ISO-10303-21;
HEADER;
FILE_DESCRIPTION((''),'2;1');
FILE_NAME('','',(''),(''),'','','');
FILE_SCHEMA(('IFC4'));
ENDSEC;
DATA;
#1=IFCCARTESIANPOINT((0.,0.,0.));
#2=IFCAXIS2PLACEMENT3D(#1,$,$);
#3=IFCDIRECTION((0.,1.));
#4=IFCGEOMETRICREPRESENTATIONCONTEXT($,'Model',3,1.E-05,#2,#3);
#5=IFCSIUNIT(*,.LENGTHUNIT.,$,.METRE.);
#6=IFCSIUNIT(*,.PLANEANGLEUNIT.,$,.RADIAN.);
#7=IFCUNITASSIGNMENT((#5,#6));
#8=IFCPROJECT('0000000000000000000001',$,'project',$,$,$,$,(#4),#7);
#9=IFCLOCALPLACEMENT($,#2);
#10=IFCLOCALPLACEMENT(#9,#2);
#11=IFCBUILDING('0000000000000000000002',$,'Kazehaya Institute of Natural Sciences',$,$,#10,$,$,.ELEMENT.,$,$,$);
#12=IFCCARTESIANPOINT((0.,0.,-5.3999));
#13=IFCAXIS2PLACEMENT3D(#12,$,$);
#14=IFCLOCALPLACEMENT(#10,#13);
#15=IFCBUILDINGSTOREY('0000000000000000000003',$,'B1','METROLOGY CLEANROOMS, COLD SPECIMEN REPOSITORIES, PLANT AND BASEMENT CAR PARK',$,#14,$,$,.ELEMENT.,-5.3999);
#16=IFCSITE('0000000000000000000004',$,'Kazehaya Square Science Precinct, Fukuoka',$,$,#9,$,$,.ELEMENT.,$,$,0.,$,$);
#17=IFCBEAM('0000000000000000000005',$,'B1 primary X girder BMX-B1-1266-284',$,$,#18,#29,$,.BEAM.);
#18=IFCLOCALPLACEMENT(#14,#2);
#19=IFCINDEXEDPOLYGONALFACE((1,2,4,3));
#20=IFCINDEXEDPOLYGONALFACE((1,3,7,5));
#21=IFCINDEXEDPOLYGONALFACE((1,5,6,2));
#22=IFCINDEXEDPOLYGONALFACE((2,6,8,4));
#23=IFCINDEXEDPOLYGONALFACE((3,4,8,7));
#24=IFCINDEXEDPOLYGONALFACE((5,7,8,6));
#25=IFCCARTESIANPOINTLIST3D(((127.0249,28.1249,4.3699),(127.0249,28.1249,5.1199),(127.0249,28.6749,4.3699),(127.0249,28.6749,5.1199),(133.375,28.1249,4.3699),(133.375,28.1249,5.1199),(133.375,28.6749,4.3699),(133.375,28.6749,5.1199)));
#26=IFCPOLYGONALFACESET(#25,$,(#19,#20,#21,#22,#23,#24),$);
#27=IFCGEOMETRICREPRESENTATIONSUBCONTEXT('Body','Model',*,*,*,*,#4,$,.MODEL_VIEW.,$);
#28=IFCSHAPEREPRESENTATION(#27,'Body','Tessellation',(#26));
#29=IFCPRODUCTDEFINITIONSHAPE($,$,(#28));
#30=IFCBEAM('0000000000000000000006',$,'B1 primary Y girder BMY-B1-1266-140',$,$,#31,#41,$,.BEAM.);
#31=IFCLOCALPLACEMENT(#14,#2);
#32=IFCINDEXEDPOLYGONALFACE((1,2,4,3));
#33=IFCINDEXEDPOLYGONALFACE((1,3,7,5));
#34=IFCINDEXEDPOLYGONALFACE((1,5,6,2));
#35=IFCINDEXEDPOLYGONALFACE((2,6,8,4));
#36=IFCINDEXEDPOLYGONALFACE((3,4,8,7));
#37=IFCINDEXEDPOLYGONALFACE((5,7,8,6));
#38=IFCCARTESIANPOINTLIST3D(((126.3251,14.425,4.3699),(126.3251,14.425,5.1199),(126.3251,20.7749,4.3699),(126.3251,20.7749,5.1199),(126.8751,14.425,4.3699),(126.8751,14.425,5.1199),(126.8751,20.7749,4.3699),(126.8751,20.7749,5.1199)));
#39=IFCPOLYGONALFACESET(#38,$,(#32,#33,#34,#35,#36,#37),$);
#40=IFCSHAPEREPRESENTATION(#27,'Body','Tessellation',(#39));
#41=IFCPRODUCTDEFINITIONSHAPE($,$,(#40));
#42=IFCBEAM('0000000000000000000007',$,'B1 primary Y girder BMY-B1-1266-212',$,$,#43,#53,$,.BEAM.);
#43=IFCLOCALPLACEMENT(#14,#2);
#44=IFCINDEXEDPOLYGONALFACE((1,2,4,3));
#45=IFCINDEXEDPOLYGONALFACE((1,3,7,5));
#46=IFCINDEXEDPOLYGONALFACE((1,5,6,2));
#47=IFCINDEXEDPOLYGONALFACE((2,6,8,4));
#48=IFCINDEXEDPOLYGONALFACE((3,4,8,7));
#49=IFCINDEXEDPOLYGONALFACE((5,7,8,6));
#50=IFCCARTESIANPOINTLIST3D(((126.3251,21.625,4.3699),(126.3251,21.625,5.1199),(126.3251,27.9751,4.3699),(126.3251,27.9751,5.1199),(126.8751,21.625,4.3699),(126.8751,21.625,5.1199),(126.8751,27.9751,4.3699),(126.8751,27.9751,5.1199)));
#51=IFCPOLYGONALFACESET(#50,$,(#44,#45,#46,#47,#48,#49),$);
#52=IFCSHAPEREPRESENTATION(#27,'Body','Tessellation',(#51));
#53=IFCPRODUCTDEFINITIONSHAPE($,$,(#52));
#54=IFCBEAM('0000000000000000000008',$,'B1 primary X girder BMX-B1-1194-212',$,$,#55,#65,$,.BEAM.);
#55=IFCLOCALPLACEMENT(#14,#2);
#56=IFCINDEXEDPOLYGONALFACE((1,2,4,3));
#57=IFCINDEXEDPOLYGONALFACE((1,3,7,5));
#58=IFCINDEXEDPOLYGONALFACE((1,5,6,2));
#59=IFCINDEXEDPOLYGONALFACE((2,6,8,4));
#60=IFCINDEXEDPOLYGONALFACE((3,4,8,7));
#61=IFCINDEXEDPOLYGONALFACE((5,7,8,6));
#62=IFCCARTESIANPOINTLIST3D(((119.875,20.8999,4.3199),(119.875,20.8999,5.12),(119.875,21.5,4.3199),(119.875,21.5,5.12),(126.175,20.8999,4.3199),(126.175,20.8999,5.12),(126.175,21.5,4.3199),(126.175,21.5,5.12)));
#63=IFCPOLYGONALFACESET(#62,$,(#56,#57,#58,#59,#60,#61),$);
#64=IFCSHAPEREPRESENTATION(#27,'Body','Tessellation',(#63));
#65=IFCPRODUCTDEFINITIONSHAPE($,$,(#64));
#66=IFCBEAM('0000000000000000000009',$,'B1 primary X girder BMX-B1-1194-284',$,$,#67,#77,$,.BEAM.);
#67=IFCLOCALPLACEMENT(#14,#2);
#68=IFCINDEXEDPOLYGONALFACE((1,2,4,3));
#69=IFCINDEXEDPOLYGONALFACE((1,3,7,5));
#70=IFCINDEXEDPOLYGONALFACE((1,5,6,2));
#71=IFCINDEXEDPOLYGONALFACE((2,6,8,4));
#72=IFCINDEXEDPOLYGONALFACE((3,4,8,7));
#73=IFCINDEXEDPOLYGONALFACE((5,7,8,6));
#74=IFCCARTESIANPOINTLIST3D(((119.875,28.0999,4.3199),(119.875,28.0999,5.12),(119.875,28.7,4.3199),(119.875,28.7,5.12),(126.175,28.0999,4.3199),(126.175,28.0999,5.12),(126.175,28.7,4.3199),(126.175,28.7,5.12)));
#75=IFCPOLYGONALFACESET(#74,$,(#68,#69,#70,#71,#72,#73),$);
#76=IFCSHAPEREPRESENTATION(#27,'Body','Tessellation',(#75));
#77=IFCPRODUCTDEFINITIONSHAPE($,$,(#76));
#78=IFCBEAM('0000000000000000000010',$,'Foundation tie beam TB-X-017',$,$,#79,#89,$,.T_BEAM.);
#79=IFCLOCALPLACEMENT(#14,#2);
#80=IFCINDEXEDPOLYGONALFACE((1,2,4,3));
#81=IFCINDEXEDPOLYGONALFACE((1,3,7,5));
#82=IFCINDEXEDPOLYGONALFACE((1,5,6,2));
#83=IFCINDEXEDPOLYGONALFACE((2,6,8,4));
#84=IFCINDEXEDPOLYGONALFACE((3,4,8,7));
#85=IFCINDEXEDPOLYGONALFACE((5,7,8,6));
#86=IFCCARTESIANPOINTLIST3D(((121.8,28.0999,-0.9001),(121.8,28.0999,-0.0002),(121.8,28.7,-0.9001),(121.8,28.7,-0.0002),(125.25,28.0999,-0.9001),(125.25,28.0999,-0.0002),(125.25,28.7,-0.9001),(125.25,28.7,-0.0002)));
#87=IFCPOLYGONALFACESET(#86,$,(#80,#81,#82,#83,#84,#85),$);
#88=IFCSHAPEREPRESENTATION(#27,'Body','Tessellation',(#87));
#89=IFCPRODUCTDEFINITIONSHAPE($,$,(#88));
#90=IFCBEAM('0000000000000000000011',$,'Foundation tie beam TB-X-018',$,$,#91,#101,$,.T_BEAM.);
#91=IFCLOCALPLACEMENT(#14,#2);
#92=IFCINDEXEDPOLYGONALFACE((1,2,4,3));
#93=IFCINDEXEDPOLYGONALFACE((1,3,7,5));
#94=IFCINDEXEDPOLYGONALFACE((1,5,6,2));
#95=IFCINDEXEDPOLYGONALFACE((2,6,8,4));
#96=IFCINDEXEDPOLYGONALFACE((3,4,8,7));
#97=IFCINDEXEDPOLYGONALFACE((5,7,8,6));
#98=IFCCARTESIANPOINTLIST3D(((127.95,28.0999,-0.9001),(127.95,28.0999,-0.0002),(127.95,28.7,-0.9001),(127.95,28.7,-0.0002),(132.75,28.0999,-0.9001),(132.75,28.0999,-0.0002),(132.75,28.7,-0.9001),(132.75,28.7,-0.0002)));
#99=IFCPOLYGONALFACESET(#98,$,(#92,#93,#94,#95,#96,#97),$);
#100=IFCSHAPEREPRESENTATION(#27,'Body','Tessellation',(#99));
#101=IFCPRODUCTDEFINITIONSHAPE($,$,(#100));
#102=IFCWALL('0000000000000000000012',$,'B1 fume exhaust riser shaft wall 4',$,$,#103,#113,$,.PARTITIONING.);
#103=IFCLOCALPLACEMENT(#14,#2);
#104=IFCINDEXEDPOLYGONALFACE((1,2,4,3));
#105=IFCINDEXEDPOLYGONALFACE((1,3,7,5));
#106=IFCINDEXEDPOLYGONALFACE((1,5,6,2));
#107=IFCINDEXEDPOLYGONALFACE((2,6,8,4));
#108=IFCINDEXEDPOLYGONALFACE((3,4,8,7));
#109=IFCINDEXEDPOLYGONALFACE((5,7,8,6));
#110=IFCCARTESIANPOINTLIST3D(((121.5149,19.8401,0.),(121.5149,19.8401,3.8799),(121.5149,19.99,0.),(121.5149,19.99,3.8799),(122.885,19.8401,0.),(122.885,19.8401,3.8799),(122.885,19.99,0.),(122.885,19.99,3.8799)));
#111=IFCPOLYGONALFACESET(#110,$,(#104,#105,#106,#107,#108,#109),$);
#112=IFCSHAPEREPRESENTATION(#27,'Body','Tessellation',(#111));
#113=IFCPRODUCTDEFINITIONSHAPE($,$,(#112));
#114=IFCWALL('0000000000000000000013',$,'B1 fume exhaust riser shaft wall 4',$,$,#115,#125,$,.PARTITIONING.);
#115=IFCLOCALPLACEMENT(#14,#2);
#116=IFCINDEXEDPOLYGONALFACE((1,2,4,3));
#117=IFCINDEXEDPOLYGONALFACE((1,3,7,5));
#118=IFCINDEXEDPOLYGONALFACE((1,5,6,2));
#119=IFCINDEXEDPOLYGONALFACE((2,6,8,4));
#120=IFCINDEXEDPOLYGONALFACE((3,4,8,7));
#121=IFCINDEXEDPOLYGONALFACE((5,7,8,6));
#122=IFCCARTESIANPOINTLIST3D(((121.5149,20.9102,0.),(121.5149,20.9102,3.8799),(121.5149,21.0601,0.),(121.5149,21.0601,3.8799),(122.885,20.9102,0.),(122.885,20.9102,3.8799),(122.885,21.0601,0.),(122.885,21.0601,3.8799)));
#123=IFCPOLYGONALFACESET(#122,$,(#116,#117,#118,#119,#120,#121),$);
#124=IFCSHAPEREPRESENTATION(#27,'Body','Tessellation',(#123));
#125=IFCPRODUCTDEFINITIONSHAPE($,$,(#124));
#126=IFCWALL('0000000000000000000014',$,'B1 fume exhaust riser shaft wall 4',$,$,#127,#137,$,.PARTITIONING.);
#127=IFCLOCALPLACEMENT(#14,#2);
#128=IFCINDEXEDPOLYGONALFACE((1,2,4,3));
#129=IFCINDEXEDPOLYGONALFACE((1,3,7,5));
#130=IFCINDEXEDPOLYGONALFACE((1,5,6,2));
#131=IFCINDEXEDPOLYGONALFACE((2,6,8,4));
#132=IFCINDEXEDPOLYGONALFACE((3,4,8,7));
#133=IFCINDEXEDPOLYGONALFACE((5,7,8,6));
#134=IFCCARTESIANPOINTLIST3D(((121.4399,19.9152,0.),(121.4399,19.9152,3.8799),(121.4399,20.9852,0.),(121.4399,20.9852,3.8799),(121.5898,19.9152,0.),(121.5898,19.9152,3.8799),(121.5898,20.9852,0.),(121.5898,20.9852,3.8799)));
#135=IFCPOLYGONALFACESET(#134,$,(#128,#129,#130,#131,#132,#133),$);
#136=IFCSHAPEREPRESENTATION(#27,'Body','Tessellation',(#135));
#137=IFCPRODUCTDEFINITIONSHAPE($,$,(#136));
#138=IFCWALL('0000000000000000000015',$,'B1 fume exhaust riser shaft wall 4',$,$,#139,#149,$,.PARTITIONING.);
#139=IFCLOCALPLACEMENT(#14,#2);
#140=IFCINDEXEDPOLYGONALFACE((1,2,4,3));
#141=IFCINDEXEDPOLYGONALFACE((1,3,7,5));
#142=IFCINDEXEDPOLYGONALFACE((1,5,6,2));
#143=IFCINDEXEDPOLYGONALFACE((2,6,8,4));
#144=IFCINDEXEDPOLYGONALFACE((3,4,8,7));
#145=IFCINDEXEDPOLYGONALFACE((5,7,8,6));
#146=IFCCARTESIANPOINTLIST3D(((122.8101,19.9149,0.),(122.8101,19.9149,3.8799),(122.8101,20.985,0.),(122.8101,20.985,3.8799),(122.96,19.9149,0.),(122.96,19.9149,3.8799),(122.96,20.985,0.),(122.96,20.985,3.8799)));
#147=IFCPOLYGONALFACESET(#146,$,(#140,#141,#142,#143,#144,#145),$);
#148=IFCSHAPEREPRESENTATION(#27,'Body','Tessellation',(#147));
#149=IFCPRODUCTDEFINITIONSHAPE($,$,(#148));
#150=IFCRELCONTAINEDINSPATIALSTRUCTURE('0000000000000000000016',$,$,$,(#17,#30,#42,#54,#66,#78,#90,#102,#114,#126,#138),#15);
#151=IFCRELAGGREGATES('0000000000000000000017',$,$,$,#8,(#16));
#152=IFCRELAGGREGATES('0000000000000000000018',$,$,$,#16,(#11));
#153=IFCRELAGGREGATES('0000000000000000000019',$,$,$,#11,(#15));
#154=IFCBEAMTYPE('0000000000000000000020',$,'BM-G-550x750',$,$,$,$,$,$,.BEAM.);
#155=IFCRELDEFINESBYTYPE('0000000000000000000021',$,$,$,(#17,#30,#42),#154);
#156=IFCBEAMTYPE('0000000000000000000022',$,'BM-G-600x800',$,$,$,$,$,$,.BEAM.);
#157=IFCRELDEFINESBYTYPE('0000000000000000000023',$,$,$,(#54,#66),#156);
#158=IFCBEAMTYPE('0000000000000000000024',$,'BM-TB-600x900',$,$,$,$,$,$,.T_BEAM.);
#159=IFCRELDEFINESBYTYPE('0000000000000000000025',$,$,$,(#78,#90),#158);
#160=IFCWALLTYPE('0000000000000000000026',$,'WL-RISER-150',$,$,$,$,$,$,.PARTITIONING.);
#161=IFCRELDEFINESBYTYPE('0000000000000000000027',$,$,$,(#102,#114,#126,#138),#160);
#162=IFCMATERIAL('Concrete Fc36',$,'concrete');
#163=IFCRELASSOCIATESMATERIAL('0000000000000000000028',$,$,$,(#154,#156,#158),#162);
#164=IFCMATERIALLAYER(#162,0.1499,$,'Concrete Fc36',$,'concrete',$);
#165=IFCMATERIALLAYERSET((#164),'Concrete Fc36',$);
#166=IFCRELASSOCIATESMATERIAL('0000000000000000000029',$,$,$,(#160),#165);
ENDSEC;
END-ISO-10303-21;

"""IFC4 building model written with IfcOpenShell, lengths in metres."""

from ifc_helpers import new_model, si_unit, direction, frame, frame_2d, origin, origin_2d, place, context, subcontext, project, spatial, rectangle, extrude, material, layer, layer_set, material_profile, profile_set, type_object, element, save


model = new_model("IFC4")

# Units and contexts
model_context = context("Model", 3, precision=1e-05, world=origin(), true_north=direction((0.0, 1.0)))
body_context = subcontext(model_context, "Body", "Model", "MODEL_VIEW")
ifc_project = project(units=[si_unit("LENGTHUNIT", "METRE"), si_unit("PLANEANGLEUNIT", "RADIAN")], contexts=[model_context])

# Site, building, storey
site_placement = place(None, origin())
site = spatial("IfcSite", under=ifc_project, at=site_placement, Name="Kazehaya Square Science Precinct, Fukuoka", CompositionType="ELEMENT", RefElevation=0.0)
building_placement = place(site_placement, origin())
building = spatial("IfcBuilding", under=site, at=building_placement, Name="Kazehaya Institute of Natural Sciences", CompositionType="ELEMENT")
storey_placement = place(building_placement, frame((0.0, 0.0, -5.3999)))
storey = spatial("IfcBuildingStorey", under=building, at=storey_placement, Name="B1", Description="METROLOGY CLEANROOMS, COLD SPECIMEN REPOSITORIES, PLANT AND BASEMENT CAR PARK", CompositionType="ELEMENT", Elevation=-5.3999)

# Shared definitions
ifc_material_1 = material(Name="Concrete Fc36", Category="concrete")

# Beams
ifc_material_profile_1 = material_profile(ifc_material_1, rectangle(XDim=0.55, YDim=0.75, at=origin_2d()), Name="RC-550x750")
ifc_profile_set_1 = profile_set([ifc_material_profile_1], Name="Concrete Fc36")
beam_type_1 = type_object("IfcBeamType", Name="BM-G-550x750", PredefinedType="BEAM", material=ifc_profile_set_1)
for number, where, z_axis, x_axis, name in (
    (1, (127.0249, 28.3999, 4.7449), (1.0, 0.0, 0.0), (0.0, 1.0, 0.0), "B1 primary X girder BMX-B1-1266-284"),
):
    element("IfcBeam", number, at=place(storey_placement, frame(where, z_axis=z_axis, x_axis=x_axis)), inside=storey, type_object=beam_type_1, Name=name, PredefinedType="BEAM", context=body_context, shape_type="SweptSolid", body=[
        extrude(rectangle(XDim=0.55, YDim=0.75, at=origin_2d()), origin(), (0.0, 0.0, 1.0), 6.3501),
    ])
beam_1_placement = place(storey_placement, frame((126.6001, 14.425, 4.7449), z_axis=(0.0, 1.0, 0.0), x_axis=(-1.0, 0.0, 0.0)))
element("IfcBeam", 2, at=beam_1_placement, inside=storey, type_object=beam_type_1, Name="B1 primary Y girder BMY-B1-1266-140", PredefinedType="BEAM", context=body_context, shape_type="SweptSolid", body=[
    extrude(rectangle(XDim=0.55, YDim=0.75, at=origin_2d()), origin(), (0.0, 0.0, 1.0), 6.3499),
])
beam_2_placement = place(storey_placement, frame((126.6001, 21.625, 4.7449), z_axis=(0.0, 1.0, 0.0), x_axis=(-1.0, 0.0, 0.0)))
element("IfcBeam", 3, at=beam_2_placement, inside=storey, type_object=beam_type_1, Name="B1 primary Y girder BMY-B1-1266-212", PredefinedType="BEAM", context=body_context, shape_type="SweptSolid", body=[
    extrude(rectangle(XDim=0.55, YDim=0.75, at=origin_2d()), origin(), (0.0, 0.0, 1.0), 6.3501),
])
ifc_material_profile_2 = material_profile(ifc_material_1, rectangle(XDim=0.6001, YDim=0.8, at=origin_2d()), Name="RC-600x800")
ifc_profile_set_2 = profile_set([ifc_material_profile_2], Name="Concrete Fc36")
beam_type_2 = type_object("IfcBeamType", Name="BM-G-600x800", PredefinedType="BEAM", material=ifc_profile_set_2)
for number, where, z_axis, x_axis, name in (
    (4, (119.875, 21.2, 4.72), (1.0, 0.0, 0.0), (0.0, 1.0, 0.0), "B1 primary X girder BMX-B1-1194-212"),
    (5, (119.875, 28.3999, 4.72), (1.0, 0.0, 0.0), (0.0, 1.0, 0.0), "B1 primary X girder BMX-B1-1194-284"),
):
    element("IfcBeam", number, at=place(storey_placement, frame(where, z_axis=z_axis, x_axis=x_axis)), inside=storey, type_object=beam_type_2, Name=name, PredefinedType="BEAM", context=body_context, shape_type="SweptSolid", body=[
        extrude(rectangle(XDim=0.6001, YDim=0.8, at=origin_2d()), origin(), (0.0, 0.0, 1.0), 6.3),
    ])
ifc_material_profile_3 = material_profile(ifc_material_1, rectangle(XDim=0.6001, YDim=0.8999, at=origin_2d()), Name="RC-600x900")
ifc_profile_set_3 = profile_set([ifc_material_profile_3], Name="Concrete Fc36")
beam_type_3 = type_object("IfcBeamType", Name="BM-TB-600x900", PredefinedType="T_BEAM", material=ifc_profile_set_3)
beam_3_placement = place(storey_placement, frame((121.8, 28.3999, -0.4502), z_axis=(1.0, 0.0, 0.0), x_axis=(0.0, 1.0, 0.0)))
element("IfcBeam", 6, at=beam_3_placement, inside=storey, type_object=beam_type_3, Name="Foundation tie beam TB-X-017", PredefinedType="T_BEAM", context=body_context, shape_type="SweptSolid", body=[
    extrude(rectangle(XDim=0.6001, YDim=0.8999, at=origin_2d()), origin(), (0.0, 0.0, 1.0), 3.45),
])
beam_4_placement = place(storey_placement, frame((127.95, 28.3999, -0.4502), z_axis=(1.0, 0.0, 0.0), x_axis=(0.0, 1.0, 0.0)))
element("IfcBeam", 7, at=beam_4_placement, inside=storey, type_object=beam_type_3, Name="Foundation tie beam TB-X-018", PredefinedType="T_BEAM", context=body_context, shape_type="SweptSolid", body=[
    extrude(rectangle(XDim=0.6001, YDim=0.8999, at=origin_2d()), origin(), (0.0, 0.0, 1.0), 4.8),
])

# Walls
ifc_layer = layer(ifc_material_1, 0.1499, Name="Concrete Fc36", Category="concrete")
ifc_layer_set = layer_set([ifc_layer], Name="Concrete Fc36")
wall_type = type_object("IfcWallType", Name="WL-RISER-150", PredefinedType="PARTITIONING", material=ifc_layer_set)
for number, where, z_axis, x_axis, name in (
    (8, (122.885, 19.915, 0.0), (0.0, 0.0, 1.0), (-1.0, 0.0, 0.0), "B1 fume exhaust riser shaft wall 4"),
    (9, (121.5149, 20.9851, 0.0), (0.0, 0.0, 1.0), (1.0, 0.0, 0.0), "B1 fume exhaust riser shaft wall 4"),
):
    element("IfcWall", number, at=place(storey_placement, frame(where, z_axis=z_axis, x_axis=x_axis)), inside=storey, type_object=wall_type, Name=name, PredefinedType="PARTITIONING", context=body_context, shape_type="SweptSolid", body=[
        extrude(rectangle(XDim=1.3701, YDim=0.1499, at=frame_2d((0.6851, 0.0))), origin(), (0.0, 0.0, 1.0), 3.8799),
    ])
for number, where, z_axis, x_axis, name in (
    (10, (121.5149, 19.915, 0.0), (0.0, 0.0, 1.0), (0.0, 1.0, 0.0), "B1 fume exhaust riser shaft wall 4"),
    (11, (122.885, 20.9851, 0.0), (0.0, 0.0, 1.0), (0.0, -1.0, 0.0), "B1 fume exhaust riser shaft wall 4"),
):
    element("IfcWall", number, at=place(storey_placement, frame(where, z_axis=z_axis, x_axis=x_axis)), inside=storey, type_object=wall_type, Name=name, PredefinedType="PARTITIONING", context=body_context, shape_type="SweptSolid", body=[
        extrude(rectangle(XDim=1.0701, YDim=0.1499, at=frame_2d((0.5352, 0.0))), origin(), (0.0, 0.0, 1.0), 3.8799),
    ])

save(model, "model.ifc")
